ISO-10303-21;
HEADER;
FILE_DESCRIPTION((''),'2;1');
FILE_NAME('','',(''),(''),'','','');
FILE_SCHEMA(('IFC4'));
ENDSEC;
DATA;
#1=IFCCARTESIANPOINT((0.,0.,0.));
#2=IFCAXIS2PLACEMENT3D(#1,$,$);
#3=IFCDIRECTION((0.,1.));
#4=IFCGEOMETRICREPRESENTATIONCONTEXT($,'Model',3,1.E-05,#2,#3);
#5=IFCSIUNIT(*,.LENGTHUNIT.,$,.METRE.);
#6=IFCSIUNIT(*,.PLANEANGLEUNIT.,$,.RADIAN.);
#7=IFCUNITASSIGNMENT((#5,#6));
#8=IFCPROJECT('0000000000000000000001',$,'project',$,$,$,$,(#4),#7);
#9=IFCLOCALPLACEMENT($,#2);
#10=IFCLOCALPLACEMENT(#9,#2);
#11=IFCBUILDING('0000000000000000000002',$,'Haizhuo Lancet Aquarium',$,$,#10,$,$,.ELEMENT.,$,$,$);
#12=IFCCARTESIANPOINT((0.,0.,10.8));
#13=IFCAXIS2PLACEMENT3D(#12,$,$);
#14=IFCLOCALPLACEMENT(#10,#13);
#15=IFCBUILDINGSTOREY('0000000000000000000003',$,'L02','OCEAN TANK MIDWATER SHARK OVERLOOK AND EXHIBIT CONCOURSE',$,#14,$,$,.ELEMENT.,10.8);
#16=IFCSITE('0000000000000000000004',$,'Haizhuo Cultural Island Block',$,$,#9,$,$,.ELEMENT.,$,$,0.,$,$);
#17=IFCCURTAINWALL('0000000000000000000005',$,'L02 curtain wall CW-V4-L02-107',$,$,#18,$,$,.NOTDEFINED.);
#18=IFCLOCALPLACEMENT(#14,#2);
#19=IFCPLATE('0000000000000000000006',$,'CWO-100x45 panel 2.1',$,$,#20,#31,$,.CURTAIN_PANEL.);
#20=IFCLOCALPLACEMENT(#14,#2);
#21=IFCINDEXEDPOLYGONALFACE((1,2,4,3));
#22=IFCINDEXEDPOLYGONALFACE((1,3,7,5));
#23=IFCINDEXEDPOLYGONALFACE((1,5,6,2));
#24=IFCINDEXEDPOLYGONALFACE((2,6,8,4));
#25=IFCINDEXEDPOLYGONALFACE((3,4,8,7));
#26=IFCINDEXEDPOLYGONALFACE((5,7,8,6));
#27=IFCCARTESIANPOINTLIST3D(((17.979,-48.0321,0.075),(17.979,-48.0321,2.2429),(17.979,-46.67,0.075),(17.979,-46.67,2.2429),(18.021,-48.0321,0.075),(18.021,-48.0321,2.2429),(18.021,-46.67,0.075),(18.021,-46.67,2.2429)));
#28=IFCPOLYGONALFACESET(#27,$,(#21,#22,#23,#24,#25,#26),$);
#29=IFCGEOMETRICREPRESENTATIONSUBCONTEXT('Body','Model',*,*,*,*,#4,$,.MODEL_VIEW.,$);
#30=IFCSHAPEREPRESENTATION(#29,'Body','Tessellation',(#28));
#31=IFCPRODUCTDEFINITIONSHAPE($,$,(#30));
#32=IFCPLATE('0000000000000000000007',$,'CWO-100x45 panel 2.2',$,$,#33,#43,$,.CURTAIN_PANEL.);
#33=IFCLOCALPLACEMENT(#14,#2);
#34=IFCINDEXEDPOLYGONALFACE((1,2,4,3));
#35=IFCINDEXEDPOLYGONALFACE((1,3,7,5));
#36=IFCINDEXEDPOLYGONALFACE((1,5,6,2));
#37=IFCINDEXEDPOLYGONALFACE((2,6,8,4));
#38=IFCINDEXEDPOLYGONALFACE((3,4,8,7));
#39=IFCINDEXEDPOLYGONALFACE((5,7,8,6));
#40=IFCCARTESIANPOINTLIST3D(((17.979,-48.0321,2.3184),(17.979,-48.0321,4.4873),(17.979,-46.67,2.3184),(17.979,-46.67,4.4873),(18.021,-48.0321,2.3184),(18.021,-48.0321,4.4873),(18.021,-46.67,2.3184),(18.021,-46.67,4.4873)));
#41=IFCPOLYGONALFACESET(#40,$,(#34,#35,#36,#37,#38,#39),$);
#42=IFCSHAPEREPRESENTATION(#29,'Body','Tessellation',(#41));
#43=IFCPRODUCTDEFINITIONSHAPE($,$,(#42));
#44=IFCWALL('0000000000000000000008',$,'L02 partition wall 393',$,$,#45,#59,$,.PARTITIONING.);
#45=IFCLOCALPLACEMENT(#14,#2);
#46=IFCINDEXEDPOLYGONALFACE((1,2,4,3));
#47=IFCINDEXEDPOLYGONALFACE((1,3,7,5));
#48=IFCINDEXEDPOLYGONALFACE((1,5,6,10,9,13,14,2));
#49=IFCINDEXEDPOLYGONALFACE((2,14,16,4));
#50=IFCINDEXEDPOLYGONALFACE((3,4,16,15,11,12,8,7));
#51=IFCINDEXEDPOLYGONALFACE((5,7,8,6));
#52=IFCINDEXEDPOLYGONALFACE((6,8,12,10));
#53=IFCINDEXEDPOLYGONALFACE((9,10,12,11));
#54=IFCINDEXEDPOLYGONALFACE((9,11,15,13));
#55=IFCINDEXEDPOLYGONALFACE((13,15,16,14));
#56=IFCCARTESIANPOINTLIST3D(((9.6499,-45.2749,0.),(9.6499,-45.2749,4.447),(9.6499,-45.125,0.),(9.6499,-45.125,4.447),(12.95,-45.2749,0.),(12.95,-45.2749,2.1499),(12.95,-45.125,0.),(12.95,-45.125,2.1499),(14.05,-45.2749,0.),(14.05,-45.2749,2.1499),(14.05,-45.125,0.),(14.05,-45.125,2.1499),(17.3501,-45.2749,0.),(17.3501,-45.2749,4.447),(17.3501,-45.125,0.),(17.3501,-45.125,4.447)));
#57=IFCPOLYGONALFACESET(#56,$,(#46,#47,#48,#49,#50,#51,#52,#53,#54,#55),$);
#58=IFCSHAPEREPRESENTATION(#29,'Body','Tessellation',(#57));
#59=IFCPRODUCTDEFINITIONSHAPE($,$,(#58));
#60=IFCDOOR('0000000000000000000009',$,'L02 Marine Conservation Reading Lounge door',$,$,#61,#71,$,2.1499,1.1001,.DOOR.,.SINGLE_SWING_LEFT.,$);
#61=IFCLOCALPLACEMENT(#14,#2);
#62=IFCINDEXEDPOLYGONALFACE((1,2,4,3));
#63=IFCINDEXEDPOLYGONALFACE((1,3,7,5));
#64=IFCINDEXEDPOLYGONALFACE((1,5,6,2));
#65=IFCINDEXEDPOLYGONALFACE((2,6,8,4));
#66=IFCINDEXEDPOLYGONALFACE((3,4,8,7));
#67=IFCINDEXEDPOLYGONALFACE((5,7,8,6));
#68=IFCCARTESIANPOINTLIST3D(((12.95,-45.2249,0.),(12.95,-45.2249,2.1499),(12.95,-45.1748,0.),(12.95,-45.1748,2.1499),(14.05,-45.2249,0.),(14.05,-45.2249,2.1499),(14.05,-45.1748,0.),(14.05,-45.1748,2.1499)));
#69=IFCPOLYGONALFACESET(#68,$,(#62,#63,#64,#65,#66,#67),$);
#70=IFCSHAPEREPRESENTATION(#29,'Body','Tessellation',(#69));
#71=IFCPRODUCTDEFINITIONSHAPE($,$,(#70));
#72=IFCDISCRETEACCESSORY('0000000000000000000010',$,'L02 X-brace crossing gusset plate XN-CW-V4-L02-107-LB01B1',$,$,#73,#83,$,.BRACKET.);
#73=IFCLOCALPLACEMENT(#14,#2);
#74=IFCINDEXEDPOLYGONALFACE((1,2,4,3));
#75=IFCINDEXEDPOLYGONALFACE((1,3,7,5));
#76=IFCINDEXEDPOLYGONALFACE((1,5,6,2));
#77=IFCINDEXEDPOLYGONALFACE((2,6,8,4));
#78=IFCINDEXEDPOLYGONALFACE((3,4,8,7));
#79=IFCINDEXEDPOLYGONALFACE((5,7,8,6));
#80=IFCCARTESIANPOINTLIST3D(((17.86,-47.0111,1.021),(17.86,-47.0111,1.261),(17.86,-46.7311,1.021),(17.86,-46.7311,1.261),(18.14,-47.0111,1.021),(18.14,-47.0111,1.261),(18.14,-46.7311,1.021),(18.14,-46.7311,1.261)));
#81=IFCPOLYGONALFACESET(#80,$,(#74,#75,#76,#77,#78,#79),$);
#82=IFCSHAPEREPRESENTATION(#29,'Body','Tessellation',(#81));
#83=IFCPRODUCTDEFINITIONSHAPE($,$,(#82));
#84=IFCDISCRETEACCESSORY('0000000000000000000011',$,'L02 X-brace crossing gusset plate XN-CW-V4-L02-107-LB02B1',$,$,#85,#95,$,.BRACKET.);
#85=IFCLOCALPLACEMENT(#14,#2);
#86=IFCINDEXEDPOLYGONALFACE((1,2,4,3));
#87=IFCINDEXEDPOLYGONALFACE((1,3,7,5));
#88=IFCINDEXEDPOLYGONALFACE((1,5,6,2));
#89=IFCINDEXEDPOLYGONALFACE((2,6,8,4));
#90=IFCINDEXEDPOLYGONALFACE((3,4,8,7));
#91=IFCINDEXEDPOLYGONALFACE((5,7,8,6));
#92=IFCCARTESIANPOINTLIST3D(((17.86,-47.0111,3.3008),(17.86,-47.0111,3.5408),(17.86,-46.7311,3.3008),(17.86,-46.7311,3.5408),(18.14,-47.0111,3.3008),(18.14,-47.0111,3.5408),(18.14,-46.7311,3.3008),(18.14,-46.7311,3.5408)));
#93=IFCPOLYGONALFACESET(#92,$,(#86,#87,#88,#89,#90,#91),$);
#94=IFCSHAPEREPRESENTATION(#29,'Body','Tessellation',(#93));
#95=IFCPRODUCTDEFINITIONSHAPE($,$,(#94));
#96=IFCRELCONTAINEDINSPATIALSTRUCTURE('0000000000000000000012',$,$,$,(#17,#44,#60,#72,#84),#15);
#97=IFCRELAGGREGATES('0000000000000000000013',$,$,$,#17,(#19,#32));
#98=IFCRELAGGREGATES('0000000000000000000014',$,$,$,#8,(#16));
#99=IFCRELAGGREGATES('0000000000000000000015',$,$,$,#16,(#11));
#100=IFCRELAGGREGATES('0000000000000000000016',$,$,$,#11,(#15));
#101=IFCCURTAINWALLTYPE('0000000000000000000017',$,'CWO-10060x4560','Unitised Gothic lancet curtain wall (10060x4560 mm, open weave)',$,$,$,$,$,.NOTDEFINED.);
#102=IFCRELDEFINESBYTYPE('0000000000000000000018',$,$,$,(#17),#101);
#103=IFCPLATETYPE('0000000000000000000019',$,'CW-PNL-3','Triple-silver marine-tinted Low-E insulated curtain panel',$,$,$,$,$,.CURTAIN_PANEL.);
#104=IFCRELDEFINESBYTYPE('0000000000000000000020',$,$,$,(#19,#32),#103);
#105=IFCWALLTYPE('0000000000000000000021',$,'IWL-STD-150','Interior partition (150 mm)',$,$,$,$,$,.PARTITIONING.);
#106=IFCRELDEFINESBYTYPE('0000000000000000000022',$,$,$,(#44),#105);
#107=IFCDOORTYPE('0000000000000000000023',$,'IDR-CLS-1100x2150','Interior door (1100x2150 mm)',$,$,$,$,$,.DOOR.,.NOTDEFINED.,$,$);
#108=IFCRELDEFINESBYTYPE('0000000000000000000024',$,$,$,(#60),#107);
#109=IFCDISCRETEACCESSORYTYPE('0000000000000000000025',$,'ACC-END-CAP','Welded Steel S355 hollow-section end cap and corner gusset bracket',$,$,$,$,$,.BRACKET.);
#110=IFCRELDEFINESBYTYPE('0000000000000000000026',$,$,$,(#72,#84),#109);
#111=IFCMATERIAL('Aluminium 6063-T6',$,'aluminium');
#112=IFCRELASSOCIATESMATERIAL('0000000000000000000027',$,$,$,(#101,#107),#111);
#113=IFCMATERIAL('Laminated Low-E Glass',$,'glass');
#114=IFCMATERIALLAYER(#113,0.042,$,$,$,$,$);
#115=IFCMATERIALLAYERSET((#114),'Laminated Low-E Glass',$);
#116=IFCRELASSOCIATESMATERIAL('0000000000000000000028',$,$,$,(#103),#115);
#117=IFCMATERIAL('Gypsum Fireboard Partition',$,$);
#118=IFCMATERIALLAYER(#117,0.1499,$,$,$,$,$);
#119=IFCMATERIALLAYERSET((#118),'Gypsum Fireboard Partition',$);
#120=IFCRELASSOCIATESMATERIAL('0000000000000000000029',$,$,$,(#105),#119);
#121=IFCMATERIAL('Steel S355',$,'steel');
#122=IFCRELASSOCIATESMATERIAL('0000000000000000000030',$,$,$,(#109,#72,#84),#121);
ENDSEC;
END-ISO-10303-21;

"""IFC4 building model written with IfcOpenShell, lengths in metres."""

from ifc_helpers import new_model, si_unit, direction, frame, frame_2d, origin, origin_2d, place, context, subcontext, project, spatial, rectangle, extrude, material, layer, layer_set, type_object, element, fill, aggregate, save


model = new_model("IFC4")

# Units and contexts
model_context = context("Model", 3, precision=1e-05, world=origin(), true_north=direction((0.0, 1.0)))
body_context = subcontext(model_context, "Body", "Model", "MODEL_VIEW")
ifc_project = project(units=[si_unit("LENGTHUNIT", "METRE"), si_unit("PLANEANGLEUNIT", "RADIAN")], contexts=[model_context])

# Site, building, storey
site_placement = place(None, origin())
site = spatial("IfcSite", under=ifc_project, at=site_placement, Name="Haizhuo Cultural Island Block", CompositionType="ELEMENT", RefElevation=0.0)
building_placement = place(site_placement, origin())
building = spatial("IfcBuilding", under=site, at=building_placement, Name="Haizhuo Lancet Aquarium", CompositionType="ELEMENT")
storey_placement = place(building_placement, frame((0.0, 0.0, 10.8)))
storey = spatial("IfcBuildingStorey", under=building, at=storey_placement, Name="L02", Description="OCEAN TANK MIDWATER SHARK OVERLOOK AND EXHIBIT CONCOURSE", CompositionType="ELEMENT", Elevation=10.8)

# Shared definitions
ifc_material_1 = material(Name="Steel S355", Category="steel")

# Curtain wall
ifc_material_2 = material(Name="Aluminium 6063-T6", Category="aluminium")
curtain_wall_type = type_object("IfcCurtainWallType", Name="CWO-10060x4560", Description="Unitised Gothic lancet curtain wall (10060x4560 mm, open weave)", PredefinedType="NOTDEFINED", material=ifc_material_2)
curtain_wall_placement = place(storey_placement, origin())
curtain_wall = element("IfcCurtainWall", 1, at=curtain_wall_placement, inside=storey, type_object=curtain_wall_type, Name="L02 curtain wall CW-V4-L02-107", PredefinedType="NOTDEFINED")

# Plates
ifc_material_3 = material(Name="Laminated Low-E Glass", Category="glass")
ifc_layer_1 = layer(ifc_material_3, 0.042)
ifc_layer_set_1 = layer_set([ifc_layer_1], Name="Laminated Low-E Glass")
plate_type = type_object("IfcPlateType", Name="CW-PNL-3", Description="Triple-silver marine-tinted Low-E insulated curtain panel", PredefinedType="CURTAIN_PANEL", material=ifc_layer_set_1)
plate_1_placement = place(storey_placement, frame((18.0, -47.3511, 0.075), z_axis=(0.0, 0.0, 1.0), x_axis=(0.0, -1.0, 0.0)))
plate_1 = element("IfcPlate", 2, at=plate_1_placement, type_object=plate_type, Name="CWO-100x45 panel 2.1", PredefinedType="CURTAIN_PANEL", context=body_context, shape_type="SweptSolid", body=[
    extrude(rectangle(XDim=1.3621, YDim=0.042, at=origin_2d()), origin(), (0.0, 0.0, 1.0), 2.168),
])
plate_2_placement = place(storey_placement, frame((18.0, -47.3511, 2.3184), z_axis=(0.0, 0.0, 1.0), x_axis=(0.0, -1.0, 0.0)))
plate_2 = element("IfcPlate", 3, at=plate_2_placement, type_object=plate_type, Name="CWO-100x45 panel 2.2", PredefinedType="CURTAIN_PANEL", context=body_context, shape_type="SweptSolid", body=[
    extrude(rectangle(XDim=1.3621, YDim=0.042, at=origin_2d()), origin(), (0.0, 0.0, 1.0), 2.1689),
])
aggregate(curtain_wall, [plate_1, plate_2])

# Wall, opening, door
ifc_material_4 = material(Name="Gypsum Fireboard Partition")
ifc_layer_2 = layer(ifc_material_4, 0.1499)
ifc_layer_set_2 = layer_set([ifc_layer_2], Name="Gypsum Fireboard Partition")
wall_type = type_object("IfcWallType", Name="IWL-STD-150", Description="Interior partition (150 mm)", PredefinedType="PARTITIONING", material=ifc_layer_set_2)
wall_placement = place(storey_placement, frame((17.3501, -45.2, 0.0), z_axis=(0.0, 0.0, 1.0), x_axis=(-1.0, 0.0, 0.0)))
wall = element("IfcWall", 4, at=wall_placement, inside=storey, type_object=wall_type, Name="L02 partition wall 393", PredefinedType="PARTITIONING", context=body_context, shape_type="SweptSolid", body=[
    extrude(rectangle(XDim=7.7002, YDim=0.1499, at=frame_2d((3.8501, 0.0))), origin(), (0.0, 0.0, 1.0), 4.447),
])
opening_placement = place(wall_placement, frame((3.3, 0.0, 0.0)))
opening = element("IfcOpeningElement", 5, at=opening_placement, cuts=wall, PredefinedType="OPENING", context=body_context, shape_type="SweptSolid", body=[
    extrude(rectangle(XDim=1.1001, YDim=2.1499, at=frame_2d((0.55, 1.075))), frame((0.0, 0.085, 0.0), z_axis=(0.0, -1.0, 0.0), x_axis=(1.0, 0.0, 0.0)), (0.0, 0.0, 1.0), 0.1699),
])
door_type = type_object("IfcDoorType", Name="IDR-CLS-1100x2150", Description="Interior door (1100x2150 mm)", OperationType="NOTDEFINED", PredefinedType="DOOR", material=ifc_material_2)
door_placement = place(opening_placement, origin())
door = element("IfcDoor", 6, at=door_placement, inside=storey, type_object=door_type, Name="L02 Marine Conservation Reading Lounge door", OperationType="SINGLE_SWING_LEFT", OverallHeight=2.1499, OverallWidth=1.1001, PredefinedType="DOOR", context=body_context, shape_type="SweptSolid", body=[
    extrude(rectangle(XDim=1.1001, YDim=2.1499, at=frame_2d((0.55, 1.075))), frame((0.0, 0.0249, 0.0), z_axis=(0.0, -1.0, 0.0), x_axis=(1.0, 0.0, 0.0)), (0.0, 0.0, 1.0), 0.05),
])
fill(opening, door)

# Discrete accessories
discrete_accessory_type = type_object("IfcDiscreteAccessoryType", Name="ACC-END-CAP", Description="Welded Steel S355 hollow-section end cap and corner gusset bracket", PredefinedType="BRACKET", material=ifc_material_1)
for number, where, z_axis, x_axis, name in (
    (7, (18.0, -46.8711, 1.021), (0.0, 0.0, 1.0), (1.0, 0.0, 0.0), "L02 X-brace crossing gusset plate XN-CW-V4-L02-107-LB01B1"),
    (8, (18.0, -46.8711, 3.3008), (0.0, 0.0, 1.0), (1.0, 0.0, 0.0), "L02 X-brace crossing gusset plate XN-CW-V4-L02-107-LB02B1"),
):
    element("IfcDiscreteAccessory", number, at=place(storey_placement, frame(where, z_axis=z_axis, x_axis=x_axis)), inside=storey, type_object=discrete_accessory_type, material=ifc_material_1, Name=name, PredefinedType="BRACKET", context=body_context, shape_type="SweptSolid", body=[
        extrude(rectangle(XDim=0.28, YDim=0.28, at=origin_2d()), origin(), (0.0, 0.0, 1.0), 0.24),
    ])

save(model, "model.ifc")
